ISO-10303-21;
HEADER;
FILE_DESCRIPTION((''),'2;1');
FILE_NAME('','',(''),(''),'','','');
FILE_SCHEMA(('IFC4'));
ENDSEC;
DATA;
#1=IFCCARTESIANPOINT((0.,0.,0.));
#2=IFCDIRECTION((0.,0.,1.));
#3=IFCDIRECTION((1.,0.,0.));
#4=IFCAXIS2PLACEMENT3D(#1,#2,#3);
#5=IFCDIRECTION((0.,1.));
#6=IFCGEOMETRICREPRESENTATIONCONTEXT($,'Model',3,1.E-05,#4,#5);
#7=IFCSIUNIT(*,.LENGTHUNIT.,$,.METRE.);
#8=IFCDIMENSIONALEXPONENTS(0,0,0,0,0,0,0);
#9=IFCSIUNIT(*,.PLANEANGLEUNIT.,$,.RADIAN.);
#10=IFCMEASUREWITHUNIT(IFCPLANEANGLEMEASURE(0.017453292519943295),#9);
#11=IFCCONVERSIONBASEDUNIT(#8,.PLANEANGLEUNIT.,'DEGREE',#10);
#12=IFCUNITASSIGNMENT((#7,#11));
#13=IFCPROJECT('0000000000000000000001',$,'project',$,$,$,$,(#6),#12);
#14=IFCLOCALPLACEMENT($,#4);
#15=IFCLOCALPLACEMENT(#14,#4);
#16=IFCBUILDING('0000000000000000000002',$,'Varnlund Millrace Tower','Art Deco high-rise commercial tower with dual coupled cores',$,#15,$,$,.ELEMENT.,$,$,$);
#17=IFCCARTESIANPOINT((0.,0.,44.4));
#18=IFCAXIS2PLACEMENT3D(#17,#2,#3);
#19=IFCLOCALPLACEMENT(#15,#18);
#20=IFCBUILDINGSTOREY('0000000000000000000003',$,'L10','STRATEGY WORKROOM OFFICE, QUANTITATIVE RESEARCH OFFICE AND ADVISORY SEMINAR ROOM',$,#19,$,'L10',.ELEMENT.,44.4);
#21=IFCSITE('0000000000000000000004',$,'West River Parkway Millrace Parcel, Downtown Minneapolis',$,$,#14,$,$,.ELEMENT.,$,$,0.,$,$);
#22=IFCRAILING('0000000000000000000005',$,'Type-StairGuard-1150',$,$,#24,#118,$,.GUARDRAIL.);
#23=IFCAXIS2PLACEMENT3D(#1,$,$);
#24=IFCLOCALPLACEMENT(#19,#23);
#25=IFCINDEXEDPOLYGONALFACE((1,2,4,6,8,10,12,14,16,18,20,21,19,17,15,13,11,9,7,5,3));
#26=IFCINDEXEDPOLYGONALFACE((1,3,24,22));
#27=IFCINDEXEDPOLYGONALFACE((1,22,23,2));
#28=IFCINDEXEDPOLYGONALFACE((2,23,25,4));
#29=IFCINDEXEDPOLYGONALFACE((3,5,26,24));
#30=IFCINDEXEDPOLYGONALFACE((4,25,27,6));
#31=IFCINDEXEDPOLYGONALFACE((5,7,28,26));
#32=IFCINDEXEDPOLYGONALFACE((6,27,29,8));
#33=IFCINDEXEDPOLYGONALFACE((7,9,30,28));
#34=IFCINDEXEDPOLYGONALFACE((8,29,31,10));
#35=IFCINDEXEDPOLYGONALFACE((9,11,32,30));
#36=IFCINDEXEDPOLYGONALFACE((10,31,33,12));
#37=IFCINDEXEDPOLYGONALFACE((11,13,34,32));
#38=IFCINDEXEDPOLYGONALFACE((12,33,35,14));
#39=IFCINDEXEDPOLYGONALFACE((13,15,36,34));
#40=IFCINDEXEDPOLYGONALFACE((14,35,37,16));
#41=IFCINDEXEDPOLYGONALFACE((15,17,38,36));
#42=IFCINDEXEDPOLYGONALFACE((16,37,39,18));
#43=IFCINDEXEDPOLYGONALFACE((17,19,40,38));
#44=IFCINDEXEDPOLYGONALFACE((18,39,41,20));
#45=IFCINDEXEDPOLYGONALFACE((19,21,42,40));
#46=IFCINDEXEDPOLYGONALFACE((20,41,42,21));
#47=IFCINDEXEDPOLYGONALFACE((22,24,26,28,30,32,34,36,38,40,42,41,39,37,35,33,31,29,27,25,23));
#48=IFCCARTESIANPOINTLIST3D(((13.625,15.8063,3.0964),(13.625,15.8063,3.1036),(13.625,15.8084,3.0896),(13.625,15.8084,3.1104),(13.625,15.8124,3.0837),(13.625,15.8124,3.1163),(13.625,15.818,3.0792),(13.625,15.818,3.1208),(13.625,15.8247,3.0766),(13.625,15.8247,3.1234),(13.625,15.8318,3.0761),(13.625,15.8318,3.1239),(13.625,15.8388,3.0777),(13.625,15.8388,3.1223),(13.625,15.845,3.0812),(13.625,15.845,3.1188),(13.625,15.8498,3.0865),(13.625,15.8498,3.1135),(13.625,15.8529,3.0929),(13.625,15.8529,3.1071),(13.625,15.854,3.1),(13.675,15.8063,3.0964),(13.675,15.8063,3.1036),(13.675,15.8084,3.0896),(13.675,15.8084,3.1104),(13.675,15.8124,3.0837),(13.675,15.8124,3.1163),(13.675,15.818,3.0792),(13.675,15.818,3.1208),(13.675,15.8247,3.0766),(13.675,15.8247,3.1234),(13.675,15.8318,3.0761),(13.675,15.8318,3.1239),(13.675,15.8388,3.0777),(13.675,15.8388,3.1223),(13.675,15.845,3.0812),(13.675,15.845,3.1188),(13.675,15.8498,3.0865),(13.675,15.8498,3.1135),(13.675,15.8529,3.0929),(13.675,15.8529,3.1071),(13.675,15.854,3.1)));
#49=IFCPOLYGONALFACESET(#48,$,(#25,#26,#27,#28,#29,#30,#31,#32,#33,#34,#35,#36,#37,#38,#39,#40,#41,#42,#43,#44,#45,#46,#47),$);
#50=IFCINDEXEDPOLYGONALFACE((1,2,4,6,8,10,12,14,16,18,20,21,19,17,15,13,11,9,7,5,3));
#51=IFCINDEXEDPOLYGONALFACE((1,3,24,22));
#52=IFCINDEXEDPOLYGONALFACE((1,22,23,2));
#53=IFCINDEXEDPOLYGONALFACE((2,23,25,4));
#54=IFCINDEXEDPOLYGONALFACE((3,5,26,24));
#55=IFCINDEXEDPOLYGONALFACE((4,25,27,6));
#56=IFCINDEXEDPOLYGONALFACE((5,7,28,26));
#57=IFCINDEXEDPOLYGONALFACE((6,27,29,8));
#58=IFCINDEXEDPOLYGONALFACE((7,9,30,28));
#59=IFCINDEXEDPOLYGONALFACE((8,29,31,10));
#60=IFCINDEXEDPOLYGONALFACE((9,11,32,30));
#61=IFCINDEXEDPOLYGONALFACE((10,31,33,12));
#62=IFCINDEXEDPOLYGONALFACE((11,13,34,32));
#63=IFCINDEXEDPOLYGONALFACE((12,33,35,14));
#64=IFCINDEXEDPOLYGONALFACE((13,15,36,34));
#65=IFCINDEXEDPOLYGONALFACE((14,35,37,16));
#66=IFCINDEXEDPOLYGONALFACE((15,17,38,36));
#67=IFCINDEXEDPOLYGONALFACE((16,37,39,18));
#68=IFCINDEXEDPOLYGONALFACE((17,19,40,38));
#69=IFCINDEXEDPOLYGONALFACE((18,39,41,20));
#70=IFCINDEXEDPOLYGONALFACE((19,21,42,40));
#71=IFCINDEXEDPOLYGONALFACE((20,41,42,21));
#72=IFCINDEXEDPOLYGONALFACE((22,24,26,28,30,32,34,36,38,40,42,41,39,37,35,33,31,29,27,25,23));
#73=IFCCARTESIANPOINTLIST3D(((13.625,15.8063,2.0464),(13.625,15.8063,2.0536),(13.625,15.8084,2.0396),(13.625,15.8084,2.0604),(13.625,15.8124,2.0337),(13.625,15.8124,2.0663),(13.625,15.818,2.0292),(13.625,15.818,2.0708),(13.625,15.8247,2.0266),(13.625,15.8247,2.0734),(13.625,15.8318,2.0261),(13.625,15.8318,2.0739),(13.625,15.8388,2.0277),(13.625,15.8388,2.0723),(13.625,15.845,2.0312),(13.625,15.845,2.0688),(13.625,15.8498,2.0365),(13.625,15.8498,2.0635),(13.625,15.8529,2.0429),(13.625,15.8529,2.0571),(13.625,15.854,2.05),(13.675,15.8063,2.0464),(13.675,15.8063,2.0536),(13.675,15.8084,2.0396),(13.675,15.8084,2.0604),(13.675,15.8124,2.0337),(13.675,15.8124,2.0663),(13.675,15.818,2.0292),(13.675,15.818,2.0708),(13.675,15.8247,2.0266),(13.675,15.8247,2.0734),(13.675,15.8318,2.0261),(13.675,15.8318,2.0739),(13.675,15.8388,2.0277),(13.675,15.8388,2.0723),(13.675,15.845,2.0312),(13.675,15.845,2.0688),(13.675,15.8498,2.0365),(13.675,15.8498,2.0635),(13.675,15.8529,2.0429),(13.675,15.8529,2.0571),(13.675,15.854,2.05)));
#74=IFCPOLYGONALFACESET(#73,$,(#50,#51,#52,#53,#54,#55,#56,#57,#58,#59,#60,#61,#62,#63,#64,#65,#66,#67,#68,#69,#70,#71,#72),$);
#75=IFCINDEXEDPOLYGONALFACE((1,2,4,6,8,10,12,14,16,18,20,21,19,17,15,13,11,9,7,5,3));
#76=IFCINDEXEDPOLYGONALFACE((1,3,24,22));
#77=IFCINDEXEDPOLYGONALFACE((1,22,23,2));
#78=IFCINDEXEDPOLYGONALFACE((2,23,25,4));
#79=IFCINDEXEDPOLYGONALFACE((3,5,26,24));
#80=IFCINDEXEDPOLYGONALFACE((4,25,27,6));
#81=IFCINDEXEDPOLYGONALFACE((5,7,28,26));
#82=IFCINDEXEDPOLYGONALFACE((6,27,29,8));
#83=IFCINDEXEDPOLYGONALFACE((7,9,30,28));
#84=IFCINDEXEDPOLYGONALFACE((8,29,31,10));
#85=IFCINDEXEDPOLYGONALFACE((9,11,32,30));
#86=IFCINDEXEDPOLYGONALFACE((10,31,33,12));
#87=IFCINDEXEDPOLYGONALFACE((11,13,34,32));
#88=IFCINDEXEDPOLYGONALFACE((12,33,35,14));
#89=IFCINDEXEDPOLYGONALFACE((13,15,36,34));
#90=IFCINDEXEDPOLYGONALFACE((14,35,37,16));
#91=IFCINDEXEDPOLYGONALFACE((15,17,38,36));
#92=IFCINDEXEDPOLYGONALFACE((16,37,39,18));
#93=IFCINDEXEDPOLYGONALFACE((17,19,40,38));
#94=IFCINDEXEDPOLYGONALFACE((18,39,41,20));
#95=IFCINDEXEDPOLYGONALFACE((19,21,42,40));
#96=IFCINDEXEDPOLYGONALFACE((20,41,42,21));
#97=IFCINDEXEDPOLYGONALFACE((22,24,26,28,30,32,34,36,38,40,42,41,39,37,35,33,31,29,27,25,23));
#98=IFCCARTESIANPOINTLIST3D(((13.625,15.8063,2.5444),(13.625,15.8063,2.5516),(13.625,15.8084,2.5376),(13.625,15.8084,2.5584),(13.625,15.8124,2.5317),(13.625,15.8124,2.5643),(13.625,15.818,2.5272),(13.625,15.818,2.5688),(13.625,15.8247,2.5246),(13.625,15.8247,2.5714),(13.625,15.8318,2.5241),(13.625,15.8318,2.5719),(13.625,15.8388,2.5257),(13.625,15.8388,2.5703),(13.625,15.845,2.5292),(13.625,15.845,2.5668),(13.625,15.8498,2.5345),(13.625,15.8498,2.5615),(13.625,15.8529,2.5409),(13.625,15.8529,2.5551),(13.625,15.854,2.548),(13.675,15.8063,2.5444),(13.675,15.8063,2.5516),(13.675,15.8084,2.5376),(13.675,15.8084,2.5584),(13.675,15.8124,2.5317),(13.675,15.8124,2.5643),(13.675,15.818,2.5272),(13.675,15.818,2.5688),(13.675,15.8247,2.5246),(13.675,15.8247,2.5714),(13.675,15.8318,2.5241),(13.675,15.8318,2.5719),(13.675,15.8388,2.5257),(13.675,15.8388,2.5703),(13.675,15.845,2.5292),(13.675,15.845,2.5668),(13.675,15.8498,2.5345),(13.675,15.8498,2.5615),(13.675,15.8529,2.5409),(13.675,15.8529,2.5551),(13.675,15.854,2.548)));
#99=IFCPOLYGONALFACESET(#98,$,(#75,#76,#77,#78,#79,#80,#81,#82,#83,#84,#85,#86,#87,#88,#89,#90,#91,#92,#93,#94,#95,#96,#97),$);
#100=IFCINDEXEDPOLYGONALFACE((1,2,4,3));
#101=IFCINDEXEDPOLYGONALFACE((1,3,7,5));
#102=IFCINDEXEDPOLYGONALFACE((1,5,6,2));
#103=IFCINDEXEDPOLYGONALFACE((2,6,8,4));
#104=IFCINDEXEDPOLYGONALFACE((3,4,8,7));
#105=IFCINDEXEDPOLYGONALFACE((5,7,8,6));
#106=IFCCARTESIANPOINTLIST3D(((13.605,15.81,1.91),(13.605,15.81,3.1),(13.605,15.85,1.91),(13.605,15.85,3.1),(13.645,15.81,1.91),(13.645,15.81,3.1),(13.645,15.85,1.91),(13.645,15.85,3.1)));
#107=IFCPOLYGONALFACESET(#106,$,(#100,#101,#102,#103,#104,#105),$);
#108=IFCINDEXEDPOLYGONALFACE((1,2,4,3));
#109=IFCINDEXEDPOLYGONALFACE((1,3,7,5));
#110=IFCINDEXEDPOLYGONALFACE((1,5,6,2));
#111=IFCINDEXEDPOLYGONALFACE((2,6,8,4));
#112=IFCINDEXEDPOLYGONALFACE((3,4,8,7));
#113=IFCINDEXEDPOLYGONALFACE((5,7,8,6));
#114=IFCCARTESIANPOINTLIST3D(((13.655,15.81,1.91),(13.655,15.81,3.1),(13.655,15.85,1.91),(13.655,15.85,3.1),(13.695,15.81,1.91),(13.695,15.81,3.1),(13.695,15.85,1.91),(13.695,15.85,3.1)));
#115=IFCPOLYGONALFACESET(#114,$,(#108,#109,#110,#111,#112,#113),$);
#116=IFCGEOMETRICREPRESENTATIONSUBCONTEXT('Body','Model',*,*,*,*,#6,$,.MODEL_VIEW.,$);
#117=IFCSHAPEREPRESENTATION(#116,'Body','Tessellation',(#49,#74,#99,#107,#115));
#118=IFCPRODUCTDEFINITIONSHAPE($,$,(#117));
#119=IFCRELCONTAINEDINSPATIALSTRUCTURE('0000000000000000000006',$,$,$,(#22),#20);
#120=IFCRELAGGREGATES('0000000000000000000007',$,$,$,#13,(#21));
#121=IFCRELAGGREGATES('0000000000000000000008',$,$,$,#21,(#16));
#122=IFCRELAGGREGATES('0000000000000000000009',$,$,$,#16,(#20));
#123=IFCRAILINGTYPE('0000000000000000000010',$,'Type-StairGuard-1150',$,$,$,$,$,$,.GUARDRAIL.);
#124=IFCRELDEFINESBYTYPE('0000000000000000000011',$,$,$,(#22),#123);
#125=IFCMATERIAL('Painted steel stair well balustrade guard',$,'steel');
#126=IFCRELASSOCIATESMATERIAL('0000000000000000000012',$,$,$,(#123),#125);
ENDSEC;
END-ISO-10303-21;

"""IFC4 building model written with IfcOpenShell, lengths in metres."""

from ifc_helpers import new_model, entity, si_unit, converted_unit, direction, frame, origin_with_axes, origin_2d_with_axis, place, context, subcontext, project, spatial, rectangle, circle, extrude, material, type_object, element, save


model = new_model("IFC4")

# Units and contexts
model_context = context("Model", 3, precision=1e-05, world=origin_with_axes(), true_north=direction((0.0, 1.0)))
body_context = subcontext(model_context, "Body", "Model", "MODEL_VIEW")
ifc_project = project(units=[si_unit("LENGTHUNIT", "METRE"), converted_unit("PLANEANGLEUNIT", "DEGREE", entity("IfcPlaneAngleMeasure", 0.017453292519943295), si_unit("PLANEANGLEUNIT", "RADIAN"), dimensions=[0, 0, 0, 0, 0, 0, 0])], contexts=[model_context])

# Site, building, storey
site_placement = place(None, origin_with_axes())
site = spatial("IfcSite", under=ifc_project, at=site_placement, Name="West River Parkway Millrace Parcel, Downtown Minneapolis", CompositionType="ELEMENT", RefElevation=0.0)
building_placement = place(site_placement, origin_with_axes())
building = spatial("IfcBuilding", under=site, at=building_placement, Name="Varnlund Millrace Tower", Description="Art Deco high-rise commercial tower with dual coupled cores", CompositionType="ELEMENT")
storey_placement = place(building_placement, frame((0.0, 0.0, 44.4), z_axis=(0.0, 0.0, 1.0), x_axis=(1.0, 0.0, 0.0)))
storey = spatial("IfcBuildingStorey", under=building, at=storey_placement, Name="L10", Description="STRATEGY WORKROOM OFFICE, QUANTITATIVE RESEARCH OFFICE AND ADVISORY SEMINAR ROOM", LongName="L10", CompositionType="ELEMENT", Elevation=44.4)

# Railing
ifc_material_1 = material(Name="Painted steel stair well balustrade guard", Category="steel")
railing_type_1 = type_object("IfcRailingType", Name="Type-StairGuard-1150", PredefinedType="GUARDRAIL", material=ifc_material_1)
railing_1_placement = place(storey_placement, frame((0.0, 0.0, -44.4), z_axis=(0.0, 0.0, 1.0), x_axis=(1.0, 0.0, 0.0)))
element("IfcRailing", 1, at=railing_1_placement, inside=storey, type_object=railing_type_1, Name="Type-StairGuard-1150", PredefinedType="GUARDRAIL", context=body_context, shape_type="SweptSolid", body=[
    extrude(circle(Radius=0.024, at=origin_2d_with_axis()), frame((13.625, 15.83, 47.5), z_axis=(1.0, 0.0, 0.0), x_axis=(0.0, 1.0, 0.0)), (0.0, 0.0, 1.0), 0.05),
    extrude(circle(Radius=0.024, at=origin_2d_with_axis()), frame((13.625, 15.83, 46.45), z_axis=(1.0, 0.0, 0.0), x_axis=(0.0, 1.0, 0.0)), (0.0, 0.0, 1.0), 0.05),
    extrude(circle(Radius=0.024, at=origin_2d_with_axis()), frame((13.625, 15.83, 46.948), z_axis=(1.0, 0.0, 0.0), x_axis=(0.0, 1.0, 0.0)), (0.0, 0.0, 1.0), 0.05),
    extrude(rectangle(XDim=0.04, YDim=0.04, at=origin_2d_with_axis()), frame((13.625, 15.83, 46.31), z_axis=(0.0, 0.0, 1.0), x_axis=(1.0, 0.0, 0.0)), (0.0, 0.0, 1.0), 1.19),
    extrude(rectangle(XDim=0.04, YDim=0.04, at=origin_2d_with_axis()), frame((13.675, 15.83, 46.31), z_axis=(0.0, 0.0, 1.0), x_axis=(1.0, 0.0, 0.0)), (0.0, 0.0, 1.0), 1.19),
])

save(model, "model.ifc")
